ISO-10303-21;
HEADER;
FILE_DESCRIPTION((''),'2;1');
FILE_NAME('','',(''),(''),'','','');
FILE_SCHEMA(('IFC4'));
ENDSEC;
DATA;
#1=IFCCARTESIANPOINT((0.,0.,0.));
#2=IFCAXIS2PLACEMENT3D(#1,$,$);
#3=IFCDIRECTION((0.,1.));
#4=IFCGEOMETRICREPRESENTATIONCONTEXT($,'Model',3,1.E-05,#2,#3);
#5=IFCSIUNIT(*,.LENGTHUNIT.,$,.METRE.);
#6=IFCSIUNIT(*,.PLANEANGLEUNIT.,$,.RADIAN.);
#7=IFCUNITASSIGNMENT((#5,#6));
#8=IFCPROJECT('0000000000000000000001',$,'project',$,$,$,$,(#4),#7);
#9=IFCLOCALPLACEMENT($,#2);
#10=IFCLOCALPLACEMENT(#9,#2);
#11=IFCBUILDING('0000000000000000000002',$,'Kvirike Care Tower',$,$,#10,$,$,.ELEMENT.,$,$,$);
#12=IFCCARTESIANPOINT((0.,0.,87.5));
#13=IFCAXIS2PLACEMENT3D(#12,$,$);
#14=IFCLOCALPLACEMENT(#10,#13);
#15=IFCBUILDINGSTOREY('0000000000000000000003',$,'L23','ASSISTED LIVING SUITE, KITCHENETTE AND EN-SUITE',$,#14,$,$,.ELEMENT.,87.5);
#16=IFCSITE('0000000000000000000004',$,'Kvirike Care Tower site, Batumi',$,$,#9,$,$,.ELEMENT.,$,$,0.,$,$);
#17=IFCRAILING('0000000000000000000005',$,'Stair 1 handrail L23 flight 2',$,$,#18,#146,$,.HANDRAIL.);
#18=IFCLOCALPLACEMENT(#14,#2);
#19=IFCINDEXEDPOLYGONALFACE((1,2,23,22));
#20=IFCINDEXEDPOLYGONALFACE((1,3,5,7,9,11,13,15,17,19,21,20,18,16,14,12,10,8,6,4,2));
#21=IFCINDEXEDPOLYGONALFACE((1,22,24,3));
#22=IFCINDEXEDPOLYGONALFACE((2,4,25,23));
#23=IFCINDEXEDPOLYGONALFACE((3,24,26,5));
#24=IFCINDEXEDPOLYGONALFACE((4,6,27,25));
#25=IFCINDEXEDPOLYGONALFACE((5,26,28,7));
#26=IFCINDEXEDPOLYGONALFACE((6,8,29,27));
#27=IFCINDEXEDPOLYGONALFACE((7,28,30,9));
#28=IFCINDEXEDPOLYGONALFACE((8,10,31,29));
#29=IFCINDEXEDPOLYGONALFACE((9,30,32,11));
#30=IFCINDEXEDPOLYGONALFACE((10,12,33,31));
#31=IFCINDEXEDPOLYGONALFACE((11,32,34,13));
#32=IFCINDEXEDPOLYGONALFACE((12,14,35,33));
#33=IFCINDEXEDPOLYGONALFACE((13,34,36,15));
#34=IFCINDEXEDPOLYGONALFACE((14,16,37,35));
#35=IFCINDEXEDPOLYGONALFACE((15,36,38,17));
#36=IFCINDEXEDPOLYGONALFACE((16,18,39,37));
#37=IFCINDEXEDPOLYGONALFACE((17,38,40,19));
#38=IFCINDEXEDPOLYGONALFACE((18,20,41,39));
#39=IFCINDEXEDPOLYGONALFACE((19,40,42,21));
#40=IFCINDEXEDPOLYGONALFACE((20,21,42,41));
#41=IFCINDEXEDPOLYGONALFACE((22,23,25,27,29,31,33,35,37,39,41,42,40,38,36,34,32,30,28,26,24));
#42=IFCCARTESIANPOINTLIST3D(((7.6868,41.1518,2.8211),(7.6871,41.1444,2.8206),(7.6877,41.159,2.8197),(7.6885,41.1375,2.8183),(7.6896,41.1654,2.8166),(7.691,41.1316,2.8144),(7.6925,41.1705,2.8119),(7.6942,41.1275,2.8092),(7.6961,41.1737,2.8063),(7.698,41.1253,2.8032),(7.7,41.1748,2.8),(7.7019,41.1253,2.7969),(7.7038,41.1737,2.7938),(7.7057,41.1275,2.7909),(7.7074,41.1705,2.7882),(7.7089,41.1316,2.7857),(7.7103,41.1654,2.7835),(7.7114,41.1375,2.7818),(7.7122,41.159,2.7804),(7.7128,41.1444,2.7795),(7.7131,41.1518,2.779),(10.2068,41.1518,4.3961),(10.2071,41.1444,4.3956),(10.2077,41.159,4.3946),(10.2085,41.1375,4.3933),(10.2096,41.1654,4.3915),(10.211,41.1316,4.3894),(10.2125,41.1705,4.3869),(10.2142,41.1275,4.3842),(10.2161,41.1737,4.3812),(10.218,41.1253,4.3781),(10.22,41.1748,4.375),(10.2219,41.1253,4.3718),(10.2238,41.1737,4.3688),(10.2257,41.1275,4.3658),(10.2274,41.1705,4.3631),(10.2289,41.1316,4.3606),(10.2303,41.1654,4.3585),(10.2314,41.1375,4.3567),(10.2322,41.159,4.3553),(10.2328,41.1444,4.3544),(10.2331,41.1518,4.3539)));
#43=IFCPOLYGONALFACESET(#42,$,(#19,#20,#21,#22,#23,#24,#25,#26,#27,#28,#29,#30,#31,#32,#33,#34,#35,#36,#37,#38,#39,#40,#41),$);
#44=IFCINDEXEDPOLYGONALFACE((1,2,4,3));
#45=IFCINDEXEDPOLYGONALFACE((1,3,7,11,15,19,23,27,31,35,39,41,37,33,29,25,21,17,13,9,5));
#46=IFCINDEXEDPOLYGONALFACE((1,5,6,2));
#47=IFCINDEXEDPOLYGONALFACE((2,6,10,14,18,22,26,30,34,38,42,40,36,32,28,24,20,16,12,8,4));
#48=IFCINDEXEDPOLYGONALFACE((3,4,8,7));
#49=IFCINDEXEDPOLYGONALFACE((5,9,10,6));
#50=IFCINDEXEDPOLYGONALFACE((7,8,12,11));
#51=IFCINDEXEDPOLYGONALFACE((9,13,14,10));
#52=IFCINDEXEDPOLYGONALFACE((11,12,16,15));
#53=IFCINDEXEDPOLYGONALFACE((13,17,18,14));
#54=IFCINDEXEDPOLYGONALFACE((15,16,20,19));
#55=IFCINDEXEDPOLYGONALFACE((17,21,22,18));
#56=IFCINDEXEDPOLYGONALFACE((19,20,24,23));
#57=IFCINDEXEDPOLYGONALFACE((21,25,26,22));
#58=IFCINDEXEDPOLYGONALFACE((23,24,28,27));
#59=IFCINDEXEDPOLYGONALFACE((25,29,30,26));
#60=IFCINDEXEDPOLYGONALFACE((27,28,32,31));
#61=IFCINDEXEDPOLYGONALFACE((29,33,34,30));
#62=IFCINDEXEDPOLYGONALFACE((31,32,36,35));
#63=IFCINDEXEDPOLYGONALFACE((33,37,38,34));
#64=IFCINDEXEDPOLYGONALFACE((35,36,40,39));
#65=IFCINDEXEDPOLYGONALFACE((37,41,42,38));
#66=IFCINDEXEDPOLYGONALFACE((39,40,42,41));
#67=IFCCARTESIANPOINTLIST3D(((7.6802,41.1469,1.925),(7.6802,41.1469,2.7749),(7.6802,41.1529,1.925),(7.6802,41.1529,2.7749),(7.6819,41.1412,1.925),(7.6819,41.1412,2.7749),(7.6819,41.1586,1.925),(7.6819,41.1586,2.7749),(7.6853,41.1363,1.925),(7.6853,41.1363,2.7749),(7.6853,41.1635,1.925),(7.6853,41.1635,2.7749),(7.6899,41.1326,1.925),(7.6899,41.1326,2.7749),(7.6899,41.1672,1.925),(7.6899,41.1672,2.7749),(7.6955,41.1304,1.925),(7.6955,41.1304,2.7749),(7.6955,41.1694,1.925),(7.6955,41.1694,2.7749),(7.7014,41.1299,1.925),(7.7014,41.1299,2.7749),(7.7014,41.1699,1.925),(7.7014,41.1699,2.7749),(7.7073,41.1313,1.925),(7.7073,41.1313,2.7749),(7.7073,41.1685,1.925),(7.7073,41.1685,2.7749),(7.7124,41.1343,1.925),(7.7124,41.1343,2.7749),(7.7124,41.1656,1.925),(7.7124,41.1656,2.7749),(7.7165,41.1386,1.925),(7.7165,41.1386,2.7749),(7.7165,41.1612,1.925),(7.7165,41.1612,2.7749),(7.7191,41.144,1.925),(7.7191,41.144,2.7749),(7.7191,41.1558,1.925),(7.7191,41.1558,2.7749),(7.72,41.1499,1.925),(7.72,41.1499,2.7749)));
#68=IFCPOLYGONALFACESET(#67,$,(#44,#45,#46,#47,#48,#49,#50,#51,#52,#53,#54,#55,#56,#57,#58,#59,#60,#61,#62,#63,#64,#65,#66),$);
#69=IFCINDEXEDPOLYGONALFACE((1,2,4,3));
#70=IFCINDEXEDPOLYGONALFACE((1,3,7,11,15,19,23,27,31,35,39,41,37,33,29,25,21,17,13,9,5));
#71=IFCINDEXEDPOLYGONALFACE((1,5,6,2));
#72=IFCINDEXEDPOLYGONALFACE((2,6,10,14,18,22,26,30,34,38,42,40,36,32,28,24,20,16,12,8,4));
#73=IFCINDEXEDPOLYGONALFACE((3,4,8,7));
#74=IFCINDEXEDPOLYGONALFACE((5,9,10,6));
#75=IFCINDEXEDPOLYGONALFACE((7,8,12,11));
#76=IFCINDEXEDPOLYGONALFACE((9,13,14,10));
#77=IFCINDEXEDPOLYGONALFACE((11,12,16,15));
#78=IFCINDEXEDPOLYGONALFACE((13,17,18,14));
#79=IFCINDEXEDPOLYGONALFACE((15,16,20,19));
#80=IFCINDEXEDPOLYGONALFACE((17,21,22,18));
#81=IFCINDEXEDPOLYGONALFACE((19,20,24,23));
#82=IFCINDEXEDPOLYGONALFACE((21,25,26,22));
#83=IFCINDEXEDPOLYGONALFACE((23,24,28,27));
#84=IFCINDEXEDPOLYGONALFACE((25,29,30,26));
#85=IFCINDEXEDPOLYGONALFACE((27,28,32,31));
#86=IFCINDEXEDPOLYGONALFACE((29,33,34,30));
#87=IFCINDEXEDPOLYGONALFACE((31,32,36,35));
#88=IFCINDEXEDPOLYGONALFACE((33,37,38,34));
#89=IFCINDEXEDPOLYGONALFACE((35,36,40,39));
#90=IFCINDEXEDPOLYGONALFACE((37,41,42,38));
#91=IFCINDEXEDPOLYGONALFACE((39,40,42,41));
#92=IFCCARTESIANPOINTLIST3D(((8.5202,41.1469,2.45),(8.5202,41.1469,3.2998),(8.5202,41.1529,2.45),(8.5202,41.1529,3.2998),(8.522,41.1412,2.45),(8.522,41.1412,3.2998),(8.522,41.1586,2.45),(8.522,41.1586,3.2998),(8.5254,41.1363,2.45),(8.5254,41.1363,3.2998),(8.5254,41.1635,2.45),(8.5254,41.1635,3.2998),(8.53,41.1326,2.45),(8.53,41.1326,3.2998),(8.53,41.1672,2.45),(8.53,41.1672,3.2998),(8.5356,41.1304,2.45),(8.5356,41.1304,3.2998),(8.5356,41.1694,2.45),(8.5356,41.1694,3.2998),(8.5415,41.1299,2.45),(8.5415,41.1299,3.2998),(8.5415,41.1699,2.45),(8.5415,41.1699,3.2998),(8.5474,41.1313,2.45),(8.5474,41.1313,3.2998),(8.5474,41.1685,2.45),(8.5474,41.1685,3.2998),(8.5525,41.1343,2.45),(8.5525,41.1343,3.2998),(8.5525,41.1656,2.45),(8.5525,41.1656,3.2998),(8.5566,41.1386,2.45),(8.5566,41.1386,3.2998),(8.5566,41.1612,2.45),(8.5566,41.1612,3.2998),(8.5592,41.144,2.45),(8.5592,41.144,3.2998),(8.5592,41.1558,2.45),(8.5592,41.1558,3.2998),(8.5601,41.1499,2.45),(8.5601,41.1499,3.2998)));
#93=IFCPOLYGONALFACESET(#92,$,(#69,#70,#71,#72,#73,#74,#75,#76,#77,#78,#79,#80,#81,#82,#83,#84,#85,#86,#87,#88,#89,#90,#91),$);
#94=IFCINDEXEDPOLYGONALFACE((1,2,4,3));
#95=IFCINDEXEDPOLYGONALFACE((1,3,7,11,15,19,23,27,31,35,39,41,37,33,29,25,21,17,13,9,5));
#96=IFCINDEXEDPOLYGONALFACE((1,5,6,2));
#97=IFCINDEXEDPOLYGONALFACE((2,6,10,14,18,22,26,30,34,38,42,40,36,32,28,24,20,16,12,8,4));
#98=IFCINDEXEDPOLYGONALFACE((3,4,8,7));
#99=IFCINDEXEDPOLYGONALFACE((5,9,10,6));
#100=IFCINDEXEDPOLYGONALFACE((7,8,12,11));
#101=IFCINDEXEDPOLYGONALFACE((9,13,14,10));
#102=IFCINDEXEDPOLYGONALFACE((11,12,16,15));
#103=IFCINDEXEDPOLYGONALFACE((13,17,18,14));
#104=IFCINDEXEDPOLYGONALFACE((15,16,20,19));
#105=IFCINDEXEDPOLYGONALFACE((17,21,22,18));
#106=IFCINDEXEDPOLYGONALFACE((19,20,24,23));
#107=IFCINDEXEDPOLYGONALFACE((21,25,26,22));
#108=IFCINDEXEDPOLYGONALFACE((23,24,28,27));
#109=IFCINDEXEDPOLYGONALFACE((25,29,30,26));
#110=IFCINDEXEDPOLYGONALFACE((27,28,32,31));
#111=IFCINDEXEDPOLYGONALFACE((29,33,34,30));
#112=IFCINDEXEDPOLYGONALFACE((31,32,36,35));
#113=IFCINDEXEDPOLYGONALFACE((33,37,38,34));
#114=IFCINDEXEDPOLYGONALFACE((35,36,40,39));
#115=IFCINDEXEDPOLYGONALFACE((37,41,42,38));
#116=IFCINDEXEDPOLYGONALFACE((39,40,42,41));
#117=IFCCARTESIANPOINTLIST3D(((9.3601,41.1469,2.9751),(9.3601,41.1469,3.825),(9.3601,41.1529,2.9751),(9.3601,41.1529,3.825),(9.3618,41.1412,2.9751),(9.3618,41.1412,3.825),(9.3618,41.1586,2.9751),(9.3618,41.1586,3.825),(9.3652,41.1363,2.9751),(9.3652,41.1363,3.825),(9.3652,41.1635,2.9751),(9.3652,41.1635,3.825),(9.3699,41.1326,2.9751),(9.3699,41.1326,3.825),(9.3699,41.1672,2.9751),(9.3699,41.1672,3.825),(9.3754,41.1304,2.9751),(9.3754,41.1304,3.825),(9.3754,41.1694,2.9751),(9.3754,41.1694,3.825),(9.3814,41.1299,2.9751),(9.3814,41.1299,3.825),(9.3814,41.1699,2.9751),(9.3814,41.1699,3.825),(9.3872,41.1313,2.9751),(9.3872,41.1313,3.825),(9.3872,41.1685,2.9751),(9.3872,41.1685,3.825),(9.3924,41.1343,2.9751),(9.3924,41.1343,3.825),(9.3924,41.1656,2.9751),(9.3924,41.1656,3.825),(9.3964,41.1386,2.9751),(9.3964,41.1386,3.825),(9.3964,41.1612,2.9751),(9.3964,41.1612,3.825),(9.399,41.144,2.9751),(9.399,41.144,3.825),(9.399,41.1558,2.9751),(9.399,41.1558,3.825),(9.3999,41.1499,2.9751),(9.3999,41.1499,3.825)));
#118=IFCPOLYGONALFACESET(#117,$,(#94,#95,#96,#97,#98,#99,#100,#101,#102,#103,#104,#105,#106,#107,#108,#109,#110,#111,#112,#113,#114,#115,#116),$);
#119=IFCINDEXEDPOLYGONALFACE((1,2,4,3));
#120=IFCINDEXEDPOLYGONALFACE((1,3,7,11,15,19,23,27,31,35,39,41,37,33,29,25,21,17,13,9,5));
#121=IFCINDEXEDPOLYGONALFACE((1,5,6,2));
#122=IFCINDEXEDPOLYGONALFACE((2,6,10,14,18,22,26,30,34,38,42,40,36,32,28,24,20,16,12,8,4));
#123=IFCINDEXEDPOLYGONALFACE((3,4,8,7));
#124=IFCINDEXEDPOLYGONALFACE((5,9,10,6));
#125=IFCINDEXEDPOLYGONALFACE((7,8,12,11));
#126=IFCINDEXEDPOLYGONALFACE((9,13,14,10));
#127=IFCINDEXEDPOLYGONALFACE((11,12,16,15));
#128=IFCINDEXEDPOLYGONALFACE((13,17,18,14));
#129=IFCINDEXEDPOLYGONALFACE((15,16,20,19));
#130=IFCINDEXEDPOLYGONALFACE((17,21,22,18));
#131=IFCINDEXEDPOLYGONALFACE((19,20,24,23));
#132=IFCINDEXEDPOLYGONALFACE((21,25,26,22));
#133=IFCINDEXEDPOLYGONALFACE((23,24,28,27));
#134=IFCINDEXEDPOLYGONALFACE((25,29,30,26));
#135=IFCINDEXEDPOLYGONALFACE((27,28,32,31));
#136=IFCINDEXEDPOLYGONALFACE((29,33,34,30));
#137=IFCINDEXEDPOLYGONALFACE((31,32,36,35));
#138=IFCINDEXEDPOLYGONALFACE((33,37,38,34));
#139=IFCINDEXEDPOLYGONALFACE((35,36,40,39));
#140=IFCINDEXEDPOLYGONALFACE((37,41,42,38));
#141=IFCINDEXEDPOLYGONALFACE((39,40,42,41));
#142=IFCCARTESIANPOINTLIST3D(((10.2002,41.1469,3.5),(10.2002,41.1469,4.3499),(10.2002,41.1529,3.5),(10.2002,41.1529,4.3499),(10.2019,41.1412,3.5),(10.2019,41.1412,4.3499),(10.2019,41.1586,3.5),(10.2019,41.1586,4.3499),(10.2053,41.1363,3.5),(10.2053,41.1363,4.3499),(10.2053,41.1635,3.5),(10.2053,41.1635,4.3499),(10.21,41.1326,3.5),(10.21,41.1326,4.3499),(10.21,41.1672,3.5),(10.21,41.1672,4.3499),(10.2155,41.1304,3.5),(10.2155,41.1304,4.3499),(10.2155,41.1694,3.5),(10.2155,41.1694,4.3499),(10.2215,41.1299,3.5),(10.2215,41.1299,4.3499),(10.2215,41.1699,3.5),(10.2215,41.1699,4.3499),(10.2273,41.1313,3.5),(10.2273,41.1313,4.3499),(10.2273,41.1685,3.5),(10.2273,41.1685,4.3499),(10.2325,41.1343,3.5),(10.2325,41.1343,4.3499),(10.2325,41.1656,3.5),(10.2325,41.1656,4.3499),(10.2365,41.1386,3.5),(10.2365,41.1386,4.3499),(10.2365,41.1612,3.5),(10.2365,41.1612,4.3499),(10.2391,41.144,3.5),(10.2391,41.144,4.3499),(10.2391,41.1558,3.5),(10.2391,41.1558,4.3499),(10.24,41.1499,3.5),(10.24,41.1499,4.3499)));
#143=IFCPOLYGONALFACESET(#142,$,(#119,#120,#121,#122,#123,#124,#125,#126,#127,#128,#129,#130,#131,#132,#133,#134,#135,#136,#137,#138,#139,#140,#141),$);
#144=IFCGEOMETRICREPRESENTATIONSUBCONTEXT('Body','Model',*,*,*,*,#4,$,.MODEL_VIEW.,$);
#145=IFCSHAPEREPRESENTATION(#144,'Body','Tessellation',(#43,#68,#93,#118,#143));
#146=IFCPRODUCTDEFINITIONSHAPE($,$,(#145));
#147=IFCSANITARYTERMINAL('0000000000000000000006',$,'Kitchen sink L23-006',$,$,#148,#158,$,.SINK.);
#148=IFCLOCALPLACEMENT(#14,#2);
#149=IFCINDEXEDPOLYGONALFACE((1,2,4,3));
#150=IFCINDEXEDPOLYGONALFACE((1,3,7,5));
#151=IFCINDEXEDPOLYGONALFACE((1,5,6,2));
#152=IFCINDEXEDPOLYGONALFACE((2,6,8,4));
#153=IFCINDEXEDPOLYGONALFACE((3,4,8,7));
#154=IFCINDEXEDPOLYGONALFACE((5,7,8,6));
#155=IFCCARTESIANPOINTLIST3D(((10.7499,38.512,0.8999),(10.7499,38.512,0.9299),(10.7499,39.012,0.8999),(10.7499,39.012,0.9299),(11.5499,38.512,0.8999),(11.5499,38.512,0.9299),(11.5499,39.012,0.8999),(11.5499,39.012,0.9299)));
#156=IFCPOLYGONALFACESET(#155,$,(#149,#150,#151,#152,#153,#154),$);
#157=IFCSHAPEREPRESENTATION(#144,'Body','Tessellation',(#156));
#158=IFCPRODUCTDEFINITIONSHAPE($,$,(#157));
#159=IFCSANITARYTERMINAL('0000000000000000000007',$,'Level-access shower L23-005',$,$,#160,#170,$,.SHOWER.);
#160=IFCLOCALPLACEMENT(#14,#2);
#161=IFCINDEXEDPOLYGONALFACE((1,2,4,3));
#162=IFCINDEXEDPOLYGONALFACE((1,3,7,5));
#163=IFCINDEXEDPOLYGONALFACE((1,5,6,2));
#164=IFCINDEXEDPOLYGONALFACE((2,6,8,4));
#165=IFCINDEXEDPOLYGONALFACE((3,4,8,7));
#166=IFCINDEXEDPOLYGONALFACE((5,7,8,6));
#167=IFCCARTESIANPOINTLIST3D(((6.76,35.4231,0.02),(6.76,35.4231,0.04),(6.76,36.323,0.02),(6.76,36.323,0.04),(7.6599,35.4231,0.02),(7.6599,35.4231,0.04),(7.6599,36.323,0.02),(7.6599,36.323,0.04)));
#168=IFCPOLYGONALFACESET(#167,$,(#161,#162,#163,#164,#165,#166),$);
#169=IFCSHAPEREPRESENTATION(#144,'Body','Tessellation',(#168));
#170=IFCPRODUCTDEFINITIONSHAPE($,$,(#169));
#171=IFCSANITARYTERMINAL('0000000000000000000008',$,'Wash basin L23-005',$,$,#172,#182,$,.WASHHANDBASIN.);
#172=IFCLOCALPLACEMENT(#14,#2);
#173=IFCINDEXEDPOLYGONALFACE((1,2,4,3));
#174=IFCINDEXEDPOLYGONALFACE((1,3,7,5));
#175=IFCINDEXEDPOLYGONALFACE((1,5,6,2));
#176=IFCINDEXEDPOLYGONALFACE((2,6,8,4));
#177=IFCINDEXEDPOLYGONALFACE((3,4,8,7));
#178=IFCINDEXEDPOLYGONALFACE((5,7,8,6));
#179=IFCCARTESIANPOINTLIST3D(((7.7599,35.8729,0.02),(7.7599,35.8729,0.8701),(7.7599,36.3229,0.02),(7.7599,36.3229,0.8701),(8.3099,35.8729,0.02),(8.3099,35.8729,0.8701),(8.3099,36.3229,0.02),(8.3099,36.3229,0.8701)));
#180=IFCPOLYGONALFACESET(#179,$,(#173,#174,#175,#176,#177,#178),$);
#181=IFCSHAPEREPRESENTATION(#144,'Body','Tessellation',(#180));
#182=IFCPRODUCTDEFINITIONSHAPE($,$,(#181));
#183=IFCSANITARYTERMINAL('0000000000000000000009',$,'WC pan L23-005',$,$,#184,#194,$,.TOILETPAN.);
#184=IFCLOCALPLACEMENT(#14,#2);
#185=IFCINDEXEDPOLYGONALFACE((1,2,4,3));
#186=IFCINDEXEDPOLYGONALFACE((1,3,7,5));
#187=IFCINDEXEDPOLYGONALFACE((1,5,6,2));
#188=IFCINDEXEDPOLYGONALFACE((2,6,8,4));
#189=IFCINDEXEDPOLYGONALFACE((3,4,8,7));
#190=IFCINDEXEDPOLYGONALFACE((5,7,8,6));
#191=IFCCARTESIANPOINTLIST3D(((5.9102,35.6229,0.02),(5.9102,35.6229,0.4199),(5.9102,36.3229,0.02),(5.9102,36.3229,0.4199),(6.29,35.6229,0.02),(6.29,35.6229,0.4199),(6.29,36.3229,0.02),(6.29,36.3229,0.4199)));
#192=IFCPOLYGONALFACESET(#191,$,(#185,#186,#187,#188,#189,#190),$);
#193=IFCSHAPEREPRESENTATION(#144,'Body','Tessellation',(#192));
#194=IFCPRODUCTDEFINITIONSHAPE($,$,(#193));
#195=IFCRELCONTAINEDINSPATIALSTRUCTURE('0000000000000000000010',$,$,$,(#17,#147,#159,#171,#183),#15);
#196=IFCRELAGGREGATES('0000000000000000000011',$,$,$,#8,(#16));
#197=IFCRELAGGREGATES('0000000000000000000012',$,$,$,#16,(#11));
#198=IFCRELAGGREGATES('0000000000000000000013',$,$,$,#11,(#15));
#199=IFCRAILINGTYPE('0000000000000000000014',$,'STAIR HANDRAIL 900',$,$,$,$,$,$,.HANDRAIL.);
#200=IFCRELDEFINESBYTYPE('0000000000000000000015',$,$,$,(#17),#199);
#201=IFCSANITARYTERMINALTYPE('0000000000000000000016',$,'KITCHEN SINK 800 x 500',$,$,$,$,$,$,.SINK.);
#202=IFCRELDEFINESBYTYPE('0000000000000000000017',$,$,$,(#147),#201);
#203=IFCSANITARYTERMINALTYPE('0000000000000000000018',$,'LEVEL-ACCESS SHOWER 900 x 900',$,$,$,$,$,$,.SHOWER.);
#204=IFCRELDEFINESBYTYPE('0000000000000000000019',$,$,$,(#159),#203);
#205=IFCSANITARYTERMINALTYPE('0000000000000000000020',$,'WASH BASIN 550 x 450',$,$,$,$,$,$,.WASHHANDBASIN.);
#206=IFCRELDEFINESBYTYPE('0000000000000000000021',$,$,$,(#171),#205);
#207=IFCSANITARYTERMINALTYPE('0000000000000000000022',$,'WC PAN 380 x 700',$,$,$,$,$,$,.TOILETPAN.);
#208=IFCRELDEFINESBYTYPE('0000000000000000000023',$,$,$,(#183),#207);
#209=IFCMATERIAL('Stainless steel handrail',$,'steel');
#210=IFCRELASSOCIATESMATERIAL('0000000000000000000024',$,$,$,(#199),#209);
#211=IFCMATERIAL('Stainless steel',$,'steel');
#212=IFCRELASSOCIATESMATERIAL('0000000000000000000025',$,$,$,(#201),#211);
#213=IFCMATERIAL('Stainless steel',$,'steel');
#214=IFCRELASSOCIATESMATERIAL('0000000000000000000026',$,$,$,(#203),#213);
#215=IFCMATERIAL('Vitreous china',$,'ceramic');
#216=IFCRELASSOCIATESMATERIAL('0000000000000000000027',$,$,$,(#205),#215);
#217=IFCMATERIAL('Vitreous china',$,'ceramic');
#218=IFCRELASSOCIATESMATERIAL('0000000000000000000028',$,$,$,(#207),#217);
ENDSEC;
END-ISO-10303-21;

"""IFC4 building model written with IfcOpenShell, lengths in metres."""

from ifc_helpers import new_model, si_unit, direction, frame, origin, origin_2d, place, context, subcontext, project, spatial, rectangle, circle, extrude, material, type_object, element, save


model = new_model("IFC4")

# Units and contexts
model_context = context("Model", 3, precision=1e-05, world=origin(), true_north=direction((0.0, 1.0)))
body_context = subcontext(model_context, "Body", "Model", "MODEL_VIEW")
ifc_project = project(units=[si_unit("LENGTHUNIT", "METRE"), si_unit("PLANEANGLEUNIT", "RADIAN")], contexts=[model_context])

# Site, building, storey
site_placement = place(None, origin())
site = spatial("IfcSite", under=ifc_project, at=site_placement, Name="Kvirike Care Tower site, Batumi", CompositionType="ELEMENT", RefElevation=0.0)
building_placement = place(site_placement, origin())
building = spatial("IfcBuilding", under=site, at=building_placement, Name="Kvirike Care Tower", CompositionType="ELEMENT")
storey_placement = place(building_placement, frame((0.0, 0.0, 87.5)))
storey = spatial("IfcBuildingStorey", under=building, at=storey_placement, Name="L23", Description="ASSISTED LIVING SUITE, KITCHENETTE AND EN-SUITE", CompositionType="ELEMENT", Elevation=87.5)

# Railing
ifc_material_1 = material(Name="Stainless steel handrail", Category="steel")
railing_type = type_object("IfcRailingType", Name="STAIR HANDRAIL 900", PredefinedType="HANDRAIL", material=ifc_material_1)
railing_1_placement = place(storey_placement, frame((7.7, 41.1499, 1.925)))
element("IfcRailing", 1, at=railing_1_placement, inside=storey, type_object=railing_type, Name="Stair 1 handrail L23 flight 2", PredefinedType="HANDRAIL", context=body_context, shape_type="SweptSolid", body=[
    extrude(circle(Radius=0.0249, at=origin_2d()), frame((0.0, 0.0, 0.875), z_axis=(0.848008, 0.0, 0.529984), x_axis=(0.0, 1.0, 0.0)), (0.0, 0.0, 1.0), 2.9717),
    extrude(circle(Radius=0.02, at=origin_2d()), origin(), (0.0, 0.0, 1.0), 0.8499),
    extrude(circle(Radius=0.02, at=origin_2d()), frame((0.8401, 0.0, 0.5249)), (0.0, 0.0, 1.0), 0.8499),
    extrude(circle(Radius=0.02, at=origin_2d()), frame((1.6799, 0.0, 1.05)), (0.0, 0.0, 1.0), 0.8499),
    extrude(circle(Radius=0.02, at=origin_2d()), frame((2.52, 0.0, 1.575)), (0.0, 0.0, 1.0), 0.8499),
])

# Sanitary terminals
ifc_material_2 = material(Name="Stainless steel", Category="steel")
sanitary_terminal_type_1 = type_object("IfcSanitaryTerminalType", Name="KITCHEN SINK 800 x 500", PredefinedType="SINK", material=ifc_material_2)
sanitary_terminal_1_placement = place(storey_placement, frame((11.1499, 38.762, 0.8999), z_axis=(0.0, 0.0, 1.0), x_axis=(-1.0, 0.0, 0.0)))
element("IfcSanitaryTerminal", 2, at=sanitary_terminal_1_placement, inside=storey, type_object=sanitary_terminal_type_1, Name="Kitchen sink L23-006", PredefinedType="SINK", context=body_context, shape_type="SweptSolid", body=[
    extrude(rectangle(XDim=0.8, YDim=0.5, at=origin_2d()), origin(), (0.0, 0.0, 1.0), 0.03),
])
ifc_material_3 = material(Name="Stainless steel", Category="steel")
sanitary_terminal_type_2 = type_object("IfcSanitaryTerminalType", Name="LEVEL-ACCESS SHOWER 900 x 900", PredefinedType="SHOWER", material=ifc_material_3)
sanitary_terminal_2_placement = place(storey_placement, frame((7.21, 35.873, 0.02), z_axis=(0.0, 0.0, 1.0), x_axis=(1.0, 0.0, 0.0)))
element("IfcSanitaryTerminal", 3, at=sanitary_terminal_2_placement, inside=storey, type_object=sanitary_terminal_type_2, Name="Level-access shower L23-005", PredefinedType="SHOWER", context=body_context, shape_type="SweptSolid", body=[
    extrude(rectangle(XDim=0.8999, YDim=0.8999, at=origin_2d()), origin(), (0.0, 0.0, 1.0), 0.02),
])
ifc_material_4 = material(Name="Vitreous china", Category="ceramic")
sanitary_terminal_type_3 = type_object("IfcSanitaryTerminalType", Name="WASH BASIN 550 x 450", PredefinedType="WASHHANDBASIN", material=ifc_material_4)
sanitary_terminal_3_placement = place(storey_placement, frame((8.0349, 36.0979, 0.02), z_axis=(0.0, 0.0, 1.0), x_axis=(1.0, 0.0, 0.0)))
element("IfcSanitaryTerminal", 4, at=sanitary_terminal_3_placement, inside=storey, type_object=sanitary_terminal_type_3, Name="Wash basin L23-005", PredefinedType="WASHHANDBASIN", context=body_context, shape_type="SweptSolid", body=[
    extrude(rectangle(XDim=0.55, YDim=0.45, at=origin_2d()), origin(), (0.0, 0.0, 1.0), 0.8501),
])
ifc_material_5 = material(Name="Vitreous china", Category="ceramic")
sanitary_terminal_type_4 = type_object("IfcSanitaryTerminalType", Name="WC PAN 380 x 700", PredefinedType="TOILETPAN", material=ifc_material_5)
sanitary_terminal_4_placement = place(storey_placement, frame((6.1001, 35.9729, 0.02), z_axis=(0.0, 0.0, 1.0), x_axis=(1.0, 0.0, 0.0)))
element("IfcSanitaryTerminal", 5, at=sanitary_terminal_4_placement, inside=storey, type_object=sanitary_terminal_type_4, Name="WC pan L23-005", PredefinedType="TOILETPAN", context=body_context, shape_type="SweptSolid", body=[
    extrude(rectangle(XDim=0.3799, YDim=0.7, at=origin_2d()), origin(), (0.0, 0.0, 1.0), 0.3999),
])

save(model, "model.ifc")
